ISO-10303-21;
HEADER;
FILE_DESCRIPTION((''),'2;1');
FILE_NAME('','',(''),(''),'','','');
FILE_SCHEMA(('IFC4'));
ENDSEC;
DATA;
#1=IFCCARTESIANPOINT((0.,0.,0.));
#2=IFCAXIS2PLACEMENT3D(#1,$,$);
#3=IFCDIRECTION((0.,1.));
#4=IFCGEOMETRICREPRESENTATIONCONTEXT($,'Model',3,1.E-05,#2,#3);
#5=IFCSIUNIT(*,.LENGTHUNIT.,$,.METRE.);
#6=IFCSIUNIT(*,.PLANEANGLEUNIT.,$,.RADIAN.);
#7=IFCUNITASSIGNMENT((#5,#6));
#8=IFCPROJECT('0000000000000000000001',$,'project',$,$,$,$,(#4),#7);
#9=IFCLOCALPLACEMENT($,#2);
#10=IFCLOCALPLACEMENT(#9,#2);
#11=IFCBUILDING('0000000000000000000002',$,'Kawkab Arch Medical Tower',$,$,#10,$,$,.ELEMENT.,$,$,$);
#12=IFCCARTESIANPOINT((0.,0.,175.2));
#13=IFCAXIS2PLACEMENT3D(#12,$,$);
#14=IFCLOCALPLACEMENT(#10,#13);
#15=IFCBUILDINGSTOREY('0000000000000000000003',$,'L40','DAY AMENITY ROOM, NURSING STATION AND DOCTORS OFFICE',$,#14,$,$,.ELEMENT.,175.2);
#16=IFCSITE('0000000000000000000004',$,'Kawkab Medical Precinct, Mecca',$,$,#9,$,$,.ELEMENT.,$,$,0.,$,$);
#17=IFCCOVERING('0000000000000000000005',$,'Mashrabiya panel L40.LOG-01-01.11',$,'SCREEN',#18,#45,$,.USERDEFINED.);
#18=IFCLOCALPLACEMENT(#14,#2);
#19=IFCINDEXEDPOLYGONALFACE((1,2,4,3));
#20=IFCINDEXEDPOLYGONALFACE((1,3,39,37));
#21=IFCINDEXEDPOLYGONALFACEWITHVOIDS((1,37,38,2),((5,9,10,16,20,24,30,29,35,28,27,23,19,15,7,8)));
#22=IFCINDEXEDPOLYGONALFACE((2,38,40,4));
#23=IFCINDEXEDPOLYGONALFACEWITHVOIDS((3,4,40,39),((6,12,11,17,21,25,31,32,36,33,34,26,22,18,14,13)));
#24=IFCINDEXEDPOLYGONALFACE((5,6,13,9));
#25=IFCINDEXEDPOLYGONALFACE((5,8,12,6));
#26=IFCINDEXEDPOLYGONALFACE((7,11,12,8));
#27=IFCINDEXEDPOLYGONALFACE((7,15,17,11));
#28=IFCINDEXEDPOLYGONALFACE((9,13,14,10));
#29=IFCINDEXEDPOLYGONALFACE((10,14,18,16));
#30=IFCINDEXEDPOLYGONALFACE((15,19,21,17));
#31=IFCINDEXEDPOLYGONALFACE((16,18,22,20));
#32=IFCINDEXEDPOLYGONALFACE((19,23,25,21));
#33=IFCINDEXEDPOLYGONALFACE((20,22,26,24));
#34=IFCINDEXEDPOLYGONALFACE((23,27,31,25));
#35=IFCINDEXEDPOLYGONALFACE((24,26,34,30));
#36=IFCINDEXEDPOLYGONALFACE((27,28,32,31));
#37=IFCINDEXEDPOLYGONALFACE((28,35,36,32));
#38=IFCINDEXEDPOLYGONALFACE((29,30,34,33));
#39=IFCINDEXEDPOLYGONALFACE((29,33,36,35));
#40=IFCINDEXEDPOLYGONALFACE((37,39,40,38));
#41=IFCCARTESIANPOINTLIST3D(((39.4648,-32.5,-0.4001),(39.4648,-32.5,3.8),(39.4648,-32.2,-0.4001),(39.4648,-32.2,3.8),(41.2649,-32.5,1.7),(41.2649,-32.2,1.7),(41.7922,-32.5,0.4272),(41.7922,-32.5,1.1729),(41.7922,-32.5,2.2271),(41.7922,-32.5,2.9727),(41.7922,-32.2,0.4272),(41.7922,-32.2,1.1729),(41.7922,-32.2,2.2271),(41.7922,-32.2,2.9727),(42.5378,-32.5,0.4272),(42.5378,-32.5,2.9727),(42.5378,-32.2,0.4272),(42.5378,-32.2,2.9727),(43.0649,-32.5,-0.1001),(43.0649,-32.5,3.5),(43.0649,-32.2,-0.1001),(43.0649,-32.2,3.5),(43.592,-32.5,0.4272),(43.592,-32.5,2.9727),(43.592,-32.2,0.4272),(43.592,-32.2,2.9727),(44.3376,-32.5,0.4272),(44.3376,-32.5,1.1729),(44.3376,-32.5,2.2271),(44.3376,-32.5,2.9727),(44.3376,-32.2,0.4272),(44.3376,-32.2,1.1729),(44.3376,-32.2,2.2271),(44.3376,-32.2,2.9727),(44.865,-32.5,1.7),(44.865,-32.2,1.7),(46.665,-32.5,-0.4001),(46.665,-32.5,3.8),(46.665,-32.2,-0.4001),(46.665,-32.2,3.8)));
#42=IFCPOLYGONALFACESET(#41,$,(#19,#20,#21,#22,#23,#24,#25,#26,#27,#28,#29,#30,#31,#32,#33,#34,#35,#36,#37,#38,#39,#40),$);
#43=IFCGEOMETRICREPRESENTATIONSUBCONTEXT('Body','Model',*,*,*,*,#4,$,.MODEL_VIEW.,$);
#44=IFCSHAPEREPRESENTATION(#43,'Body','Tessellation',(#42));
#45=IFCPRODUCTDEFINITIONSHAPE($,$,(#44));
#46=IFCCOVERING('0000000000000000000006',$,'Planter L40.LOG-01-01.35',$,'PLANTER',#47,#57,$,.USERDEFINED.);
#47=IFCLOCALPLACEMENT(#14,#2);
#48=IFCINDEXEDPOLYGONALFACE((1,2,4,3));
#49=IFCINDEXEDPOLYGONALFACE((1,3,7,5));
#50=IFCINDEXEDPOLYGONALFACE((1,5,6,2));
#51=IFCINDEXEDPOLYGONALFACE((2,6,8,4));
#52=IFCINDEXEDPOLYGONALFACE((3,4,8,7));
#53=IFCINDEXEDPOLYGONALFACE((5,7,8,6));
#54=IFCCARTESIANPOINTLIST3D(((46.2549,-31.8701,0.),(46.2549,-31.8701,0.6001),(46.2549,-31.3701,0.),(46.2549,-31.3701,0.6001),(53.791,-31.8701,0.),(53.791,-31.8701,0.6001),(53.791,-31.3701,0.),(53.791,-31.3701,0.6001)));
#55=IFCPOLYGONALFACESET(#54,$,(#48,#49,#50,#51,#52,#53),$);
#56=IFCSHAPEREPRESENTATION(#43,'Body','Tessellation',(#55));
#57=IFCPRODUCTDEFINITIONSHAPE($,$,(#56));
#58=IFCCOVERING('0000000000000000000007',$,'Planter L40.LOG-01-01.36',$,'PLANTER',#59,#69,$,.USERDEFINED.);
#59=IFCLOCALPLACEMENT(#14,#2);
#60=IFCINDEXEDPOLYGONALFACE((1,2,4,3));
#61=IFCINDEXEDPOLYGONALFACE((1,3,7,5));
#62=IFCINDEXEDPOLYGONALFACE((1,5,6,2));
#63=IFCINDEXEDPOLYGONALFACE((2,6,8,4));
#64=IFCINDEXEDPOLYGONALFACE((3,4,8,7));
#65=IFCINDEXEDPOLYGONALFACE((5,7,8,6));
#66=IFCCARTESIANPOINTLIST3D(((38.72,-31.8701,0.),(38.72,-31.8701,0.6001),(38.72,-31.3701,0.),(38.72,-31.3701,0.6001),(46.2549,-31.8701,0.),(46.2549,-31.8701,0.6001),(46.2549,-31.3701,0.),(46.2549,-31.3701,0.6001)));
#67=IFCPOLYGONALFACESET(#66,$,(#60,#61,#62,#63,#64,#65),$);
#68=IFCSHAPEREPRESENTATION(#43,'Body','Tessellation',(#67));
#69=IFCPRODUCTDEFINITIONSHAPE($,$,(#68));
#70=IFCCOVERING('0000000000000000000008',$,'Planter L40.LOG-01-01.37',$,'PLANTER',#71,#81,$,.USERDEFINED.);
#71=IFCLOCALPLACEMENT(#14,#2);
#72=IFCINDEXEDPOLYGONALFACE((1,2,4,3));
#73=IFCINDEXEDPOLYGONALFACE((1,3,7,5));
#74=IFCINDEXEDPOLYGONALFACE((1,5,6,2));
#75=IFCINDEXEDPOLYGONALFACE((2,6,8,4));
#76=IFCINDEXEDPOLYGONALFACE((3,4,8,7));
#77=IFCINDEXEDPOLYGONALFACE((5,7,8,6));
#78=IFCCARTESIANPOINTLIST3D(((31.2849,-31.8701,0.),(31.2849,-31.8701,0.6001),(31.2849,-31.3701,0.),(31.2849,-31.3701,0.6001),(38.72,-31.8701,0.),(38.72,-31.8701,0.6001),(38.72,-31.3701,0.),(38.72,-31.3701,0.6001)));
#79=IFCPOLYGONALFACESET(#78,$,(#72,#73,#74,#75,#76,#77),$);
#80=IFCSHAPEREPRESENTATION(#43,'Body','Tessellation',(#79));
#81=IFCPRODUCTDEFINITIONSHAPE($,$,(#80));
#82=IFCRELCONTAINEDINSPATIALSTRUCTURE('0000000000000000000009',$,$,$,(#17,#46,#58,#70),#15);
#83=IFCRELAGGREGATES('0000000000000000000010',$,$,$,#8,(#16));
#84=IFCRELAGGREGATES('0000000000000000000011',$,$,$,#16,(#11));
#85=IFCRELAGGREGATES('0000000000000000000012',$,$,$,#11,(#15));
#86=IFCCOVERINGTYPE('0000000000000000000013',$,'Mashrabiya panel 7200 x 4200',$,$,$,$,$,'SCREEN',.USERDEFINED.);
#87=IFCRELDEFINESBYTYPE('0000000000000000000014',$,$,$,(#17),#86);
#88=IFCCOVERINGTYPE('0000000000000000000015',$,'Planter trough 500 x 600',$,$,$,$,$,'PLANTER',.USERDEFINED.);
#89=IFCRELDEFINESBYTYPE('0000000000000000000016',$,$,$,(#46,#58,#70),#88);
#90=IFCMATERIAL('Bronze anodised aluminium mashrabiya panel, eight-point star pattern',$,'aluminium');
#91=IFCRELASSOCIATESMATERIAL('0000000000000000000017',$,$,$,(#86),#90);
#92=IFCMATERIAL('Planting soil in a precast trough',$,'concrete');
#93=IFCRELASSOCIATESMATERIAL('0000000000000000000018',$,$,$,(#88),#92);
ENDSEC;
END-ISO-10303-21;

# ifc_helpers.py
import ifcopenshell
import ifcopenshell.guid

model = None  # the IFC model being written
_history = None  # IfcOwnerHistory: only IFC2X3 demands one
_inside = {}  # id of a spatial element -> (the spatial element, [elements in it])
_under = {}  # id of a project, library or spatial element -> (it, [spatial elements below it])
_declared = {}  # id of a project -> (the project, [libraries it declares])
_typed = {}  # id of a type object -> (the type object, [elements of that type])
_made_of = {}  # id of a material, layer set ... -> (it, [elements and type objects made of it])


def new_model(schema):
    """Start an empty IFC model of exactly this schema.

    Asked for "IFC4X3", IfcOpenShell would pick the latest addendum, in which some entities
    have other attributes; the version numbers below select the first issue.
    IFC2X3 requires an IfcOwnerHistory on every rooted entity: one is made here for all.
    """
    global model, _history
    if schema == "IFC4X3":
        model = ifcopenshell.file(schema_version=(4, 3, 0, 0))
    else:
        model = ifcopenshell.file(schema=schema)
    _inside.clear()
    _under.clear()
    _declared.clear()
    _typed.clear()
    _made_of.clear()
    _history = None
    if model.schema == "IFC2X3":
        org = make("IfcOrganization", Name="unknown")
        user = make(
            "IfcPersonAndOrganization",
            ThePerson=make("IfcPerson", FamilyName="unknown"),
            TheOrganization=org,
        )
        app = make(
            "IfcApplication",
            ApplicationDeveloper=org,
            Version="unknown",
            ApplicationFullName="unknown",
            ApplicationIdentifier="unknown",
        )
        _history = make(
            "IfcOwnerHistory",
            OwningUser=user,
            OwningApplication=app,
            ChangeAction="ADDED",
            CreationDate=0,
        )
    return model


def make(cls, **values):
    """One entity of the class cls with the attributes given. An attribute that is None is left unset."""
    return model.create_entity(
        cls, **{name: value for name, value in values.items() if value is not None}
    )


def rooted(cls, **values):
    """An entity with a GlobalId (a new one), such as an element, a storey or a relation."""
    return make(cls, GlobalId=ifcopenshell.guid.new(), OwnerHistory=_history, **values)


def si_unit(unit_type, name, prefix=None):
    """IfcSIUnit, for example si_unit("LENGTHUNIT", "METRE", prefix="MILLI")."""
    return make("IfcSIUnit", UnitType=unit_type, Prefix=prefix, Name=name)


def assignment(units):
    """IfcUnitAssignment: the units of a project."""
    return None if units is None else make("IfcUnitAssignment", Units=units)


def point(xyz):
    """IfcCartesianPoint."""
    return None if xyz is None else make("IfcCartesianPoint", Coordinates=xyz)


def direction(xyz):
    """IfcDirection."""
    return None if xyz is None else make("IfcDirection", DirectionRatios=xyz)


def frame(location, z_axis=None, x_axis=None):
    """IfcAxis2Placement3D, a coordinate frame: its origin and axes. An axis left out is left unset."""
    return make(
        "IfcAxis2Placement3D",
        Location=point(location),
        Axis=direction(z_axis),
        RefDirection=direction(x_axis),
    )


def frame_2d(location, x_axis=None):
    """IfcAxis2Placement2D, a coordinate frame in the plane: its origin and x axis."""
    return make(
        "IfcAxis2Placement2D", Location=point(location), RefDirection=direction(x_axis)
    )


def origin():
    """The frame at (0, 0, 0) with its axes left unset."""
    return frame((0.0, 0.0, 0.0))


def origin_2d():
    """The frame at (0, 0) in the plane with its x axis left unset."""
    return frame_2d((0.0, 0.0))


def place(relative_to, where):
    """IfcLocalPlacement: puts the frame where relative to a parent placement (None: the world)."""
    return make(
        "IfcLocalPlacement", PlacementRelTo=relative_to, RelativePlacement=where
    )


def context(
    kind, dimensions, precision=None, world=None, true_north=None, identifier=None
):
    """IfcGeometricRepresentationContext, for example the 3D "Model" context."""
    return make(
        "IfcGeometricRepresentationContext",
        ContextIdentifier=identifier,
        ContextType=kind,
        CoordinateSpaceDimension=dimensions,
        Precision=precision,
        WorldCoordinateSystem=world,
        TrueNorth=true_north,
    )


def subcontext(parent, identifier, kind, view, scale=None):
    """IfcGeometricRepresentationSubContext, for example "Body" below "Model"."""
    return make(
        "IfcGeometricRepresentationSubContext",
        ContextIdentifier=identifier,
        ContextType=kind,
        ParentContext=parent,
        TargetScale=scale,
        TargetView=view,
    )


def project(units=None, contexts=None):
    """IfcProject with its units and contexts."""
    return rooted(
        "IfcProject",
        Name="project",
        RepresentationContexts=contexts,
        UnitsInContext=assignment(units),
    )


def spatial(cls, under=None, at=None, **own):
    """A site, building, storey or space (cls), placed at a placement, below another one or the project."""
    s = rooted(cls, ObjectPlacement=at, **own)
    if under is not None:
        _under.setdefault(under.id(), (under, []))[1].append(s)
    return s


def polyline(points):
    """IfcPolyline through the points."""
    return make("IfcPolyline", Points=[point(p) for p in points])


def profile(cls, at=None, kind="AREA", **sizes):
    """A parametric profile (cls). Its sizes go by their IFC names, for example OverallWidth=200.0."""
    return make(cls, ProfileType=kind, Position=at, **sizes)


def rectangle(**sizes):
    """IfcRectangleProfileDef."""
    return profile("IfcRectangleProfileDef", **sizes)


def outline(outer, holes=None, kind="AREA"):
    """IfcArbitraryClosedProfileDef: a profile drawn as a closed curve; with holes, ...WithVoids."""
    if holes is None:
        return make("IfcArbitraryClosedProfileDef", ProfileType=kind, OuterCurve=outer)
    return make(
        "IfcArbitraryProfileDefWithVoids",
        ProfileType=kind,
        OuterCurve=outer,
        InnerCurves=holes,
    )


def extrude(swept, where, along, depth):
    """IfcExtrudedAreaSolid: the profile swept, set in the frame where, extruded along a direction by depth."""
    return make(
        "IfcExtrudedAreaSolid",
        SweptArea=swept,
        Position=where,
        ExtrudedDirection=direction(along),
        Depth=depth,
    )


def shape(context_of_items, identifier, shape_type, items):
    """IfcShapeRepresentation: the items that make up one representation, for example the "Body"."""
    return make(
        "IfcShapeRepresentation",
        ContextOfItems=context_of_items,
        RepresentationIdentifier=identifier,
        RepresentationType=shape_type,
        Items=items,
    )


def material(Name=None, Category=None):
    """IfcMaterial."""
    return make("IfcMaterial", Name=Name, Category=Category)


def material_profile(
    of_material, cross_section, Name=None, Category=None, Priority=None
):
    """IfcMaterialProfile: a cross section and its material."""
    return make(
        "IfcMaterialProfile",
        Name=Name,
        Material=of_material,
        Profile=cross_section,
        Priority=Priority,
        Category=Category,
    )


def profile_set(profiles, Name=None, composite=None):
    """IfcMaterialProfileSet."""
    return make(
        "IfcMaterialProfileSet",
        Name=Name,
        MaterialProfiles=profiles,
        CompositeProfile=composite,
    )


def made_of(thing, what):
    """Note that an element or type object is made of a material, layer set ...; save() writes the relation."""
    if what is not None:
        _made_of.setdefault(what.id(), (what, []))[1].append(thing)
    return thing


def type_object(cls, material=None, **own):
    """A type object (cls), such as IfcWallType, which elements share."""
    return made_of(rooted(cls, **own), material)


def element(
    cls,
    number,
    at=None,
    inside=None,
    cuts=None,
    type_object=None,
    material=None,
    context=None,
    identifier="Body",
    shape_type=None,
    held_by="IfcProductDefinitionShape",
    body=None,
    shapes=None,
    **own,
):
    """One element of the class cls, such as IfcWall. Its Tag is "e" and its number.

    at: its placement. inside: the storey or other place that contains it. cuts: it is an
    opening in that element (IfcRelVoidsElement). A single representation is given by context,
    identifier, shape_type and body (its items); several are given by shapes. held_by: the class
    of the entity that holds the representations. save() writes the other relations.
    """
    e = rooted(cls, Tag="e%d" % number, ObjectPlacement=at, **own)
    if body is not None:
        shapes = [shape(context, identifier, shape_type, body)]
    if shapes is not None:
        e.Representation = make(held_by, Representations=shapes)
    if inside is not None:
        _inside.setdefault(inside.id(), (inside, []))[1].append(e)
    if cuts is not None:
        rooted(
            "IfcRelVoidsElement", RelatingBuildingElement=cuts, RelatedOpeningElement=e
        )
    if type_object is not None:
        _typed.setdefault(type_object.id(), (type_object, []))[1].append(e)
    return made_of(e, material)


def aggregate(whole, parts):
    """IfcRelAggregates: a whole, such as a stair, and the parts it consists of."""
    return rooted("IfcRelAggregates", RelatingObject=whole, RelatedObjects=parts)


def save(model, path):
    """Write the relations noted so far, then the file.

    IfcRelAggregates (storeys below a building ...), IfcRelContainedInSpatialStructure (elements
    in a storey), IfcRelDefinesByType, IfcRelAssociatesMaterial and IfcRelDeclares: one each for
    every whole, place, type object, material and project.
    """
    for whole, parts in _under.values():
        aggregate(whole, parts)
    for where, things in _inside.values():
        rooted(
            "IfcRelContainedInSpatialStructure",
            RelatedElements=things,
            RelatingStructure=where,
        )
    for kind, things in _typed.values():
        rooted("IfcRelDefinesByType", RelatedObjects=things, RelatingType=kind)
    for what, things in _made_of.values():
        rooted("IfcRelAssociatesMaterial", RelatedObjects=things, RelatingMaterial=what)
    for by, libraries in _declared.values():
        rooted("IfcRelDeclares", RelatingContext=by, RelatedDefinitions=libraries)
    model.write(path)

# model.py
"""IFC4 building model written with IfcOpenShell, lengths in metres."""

from ifc_helpers import new_model, si_unit, direction, frame, origin, origin_2d, place, context, subcontext, project, spatial, polyline, rectangle, outline, extrude, material, material_profile, profile_set, type_object, element, save


model = new_model("IFC4")

# Units and contexts
model_context = context("Model", 3, precision=1e-05, world=origin(), true_north=direction((0.0, 1.0)))
body_context = subcontext(model_context, "Body", "Model", "MODEL_VIEW")
ifc_project = project(units=[si_unit("LENGTHUNIT", "METRE"), si_unit("PLANEANGLEUNIT", "RADIAN")], contexts=[model_context])

# Site, building, storey
site_placement = place(None, origin())
site = spatial("IfcSite", under=ifc_project, at=site_placement, Name="Kawkab Medical Precinct, Mecca", CompositionType="ELEMENT", RefElevation=0.0)
building_placement = place(site_placement, origin())
building = spatial("IfcBuilding", under=site, at=building_placement, Name="Kawkab Arch Medical Tower", CompositionType="ELEMENT")
storey_placement = place(building_placement, frame((0.0, 0.0, 175.2)))
storey = spatial("IfcBuildingStorey", under=building, at=storey_placement, Name="L40", Description="DAY AMENITY ROOM, NURSING STATION AND DOCTORS OFFICE", CompositionType="ELEMENT", Elevation=175.2)

# Coverings
ifc_material_1 = material(Name="Bronze anodised aluminium mashrabiya panel, eight-point star pattern", Category="aluminium")
ifc_material_profile_1 = material_profile(ifc_material_1, outline(polyline([(-3.6001, -2.1001), (3.6001, -2.1001), (3.6001, 2.1001), (-3.6001, 2.1001), (-3.6001, -2.1001)]), holes=[polyline([(1.8, 0.0), (1.2727, 0.5271), (1.2727, 1.2727), (0.5271, 1.2727), (0.0, 1.8), (-0.5271, 1.2727), (-1.2727, 1.2727), (-1.2727, 0.5271), (-1.8, 0.0), (-1.2727, -0.5271), (-1.2727, -1.2727), (-0.5271, -1.2727), (0.0, -1.8), (0.5271, -1.2727), (1.2727, -1.2727), (1.2727, -0.5271), (1.8, 0.0)])]), Name="Mashrabiya panel 7200x4200")
ifc_profile_set_1 = profile_set([ifc_material_profile_1], Name="Bronze anodised aluminium mashrabiya panel, eight-point star pattern")
covering_type_1 = type_object("IfcCoveringType", Name="Mashrabiya panel 7200 x 4200", ElementType="SCREEN", PredefinedType="USERDEFINED", material=ifc_profile_set_1)
covering_1_placement = place(storey_placement, frame((43.0649, -32.2, 1.7), z_axis=(0.0, -1.0, 0.0), x_axis=(1.0, 0.0, 0.0)))
element("IfcCovering", 1, at=covering_1_placement, inside=storey, type_object=covering_type_1, Name="Mashrabiya panel L40.LOG-01-01.11", ObjectType="SCREEN", PredefinedType="USERDEFINED", context=body_context, shape_type="SweptSolid", body=[
    extrude(outline(polyline([(-3.6001, -2.1001), (3.6001, -2.1001), (3.6001, 2.1001), (-3.6001, 2.1001), (-3.6001, -2.1001)]), holes=[polyline([(1.8, 0.0), (1.2727, 0.5271), (1.2727, 1.2727), (0.5271, 1.2727), (0.0, 1.8), (-0.5271, 1.2727), (-1.2727, 1.2727), (-1.2727, 0.5271), (-1.8, 0.0), (-1.2727, -0.5271), (-1.2727, -1.2727), (-0.5271, -1.2727), (0.0, -1.8), (0.5271, -1.2727), (1.2727, -1.2727), (1.2727, -0.5271), (1.8, 0.0)])]), origin(), (0.0, 0.0, 1.0), 0.3),
])
ifc_material_2 = material(Name="Planting soil in a precast trough", Category="concrete")
ifc_material_profile_2 = material_profile(ifc_material_2, rectangle(XDim=0.5, YDim=0.6001, at=origin_2d()), Name="Trough 500x600")
ifc_profile_set_2 = profile_set([ifc_material_profile_2], Name="Planting soil in a precast trough")
covering_type_2 = type_object("IfcCoveringType", Name="Planter trough 500 x 600", ElementType="PLANTER", PredefinedType="USERDEFINED", material=ifc_profile_set_2)
covering_2_placement = place(storey_placement, frame((53.791, -31.6201, 0.3), z_axis=(-1.0, 0.0, 0.0), x_axis=(0.0, -1.0, 0.0)))
element("IfcCovering", 2, at=covering_2_placement, inside=storey, type_object=covering_type_2, Name="Planter L40.LOG-01-01.35", ObjectType="PLANTER", PredefinedType="USERDEFINED", context=body_context, shape_type="SweptSolid", body=[
    extrude(rectangle(XDim=0.5, YDim=0.6001, at=origin_2d()), origin(), (0.0, 0.0, 1.0), 7.5361),
])
covering_3_placement = place(storey_placement, frame((46.2549, -31.6201, 0.3), z_axis=(-1.0, 0.0, 0.0), x_axis=(0.0, -1.0, 0.0)))
element("IfcCovering", 3, at=covering_3_placement, inside=storey, type_object=covering_type_2, Name="Planter L40.LOG-01-01.36", ObjectType="PLANTER", PredefinedType="USERDEFINED", context=body_context, shape_type="SweptSolid", body=[
    extrude(rectangle(XDim=0.5, YDim=0.6001, at=origin_2d()), origin(), (0.0, 0.0, 1.0), 7.5349),
])
covering_4_placement = place(storey_placement, frame((38.72, -31.6201, 0.3), z_axis=(-1.0, 0.0, 0.0), x_axis=(0.0, -1.0, 0.0)))
element("IfcCovering", 4, at=covering_4_placement, inside=storey, type_object=covering_type_2, Name="Planter L40.LOG-01-01.37", ObjectType="PLANTER", PredefinedType="USERDEFINED", context=body_context, shape_type="SweptSolid", body=[
    extrude(rectangle(XDim=0.5, YDim=0.6001, at=origin_2d()), origin(), (0.0, 0.0, 1.0), 7.4351),
])

save(model, "model.ifc")
